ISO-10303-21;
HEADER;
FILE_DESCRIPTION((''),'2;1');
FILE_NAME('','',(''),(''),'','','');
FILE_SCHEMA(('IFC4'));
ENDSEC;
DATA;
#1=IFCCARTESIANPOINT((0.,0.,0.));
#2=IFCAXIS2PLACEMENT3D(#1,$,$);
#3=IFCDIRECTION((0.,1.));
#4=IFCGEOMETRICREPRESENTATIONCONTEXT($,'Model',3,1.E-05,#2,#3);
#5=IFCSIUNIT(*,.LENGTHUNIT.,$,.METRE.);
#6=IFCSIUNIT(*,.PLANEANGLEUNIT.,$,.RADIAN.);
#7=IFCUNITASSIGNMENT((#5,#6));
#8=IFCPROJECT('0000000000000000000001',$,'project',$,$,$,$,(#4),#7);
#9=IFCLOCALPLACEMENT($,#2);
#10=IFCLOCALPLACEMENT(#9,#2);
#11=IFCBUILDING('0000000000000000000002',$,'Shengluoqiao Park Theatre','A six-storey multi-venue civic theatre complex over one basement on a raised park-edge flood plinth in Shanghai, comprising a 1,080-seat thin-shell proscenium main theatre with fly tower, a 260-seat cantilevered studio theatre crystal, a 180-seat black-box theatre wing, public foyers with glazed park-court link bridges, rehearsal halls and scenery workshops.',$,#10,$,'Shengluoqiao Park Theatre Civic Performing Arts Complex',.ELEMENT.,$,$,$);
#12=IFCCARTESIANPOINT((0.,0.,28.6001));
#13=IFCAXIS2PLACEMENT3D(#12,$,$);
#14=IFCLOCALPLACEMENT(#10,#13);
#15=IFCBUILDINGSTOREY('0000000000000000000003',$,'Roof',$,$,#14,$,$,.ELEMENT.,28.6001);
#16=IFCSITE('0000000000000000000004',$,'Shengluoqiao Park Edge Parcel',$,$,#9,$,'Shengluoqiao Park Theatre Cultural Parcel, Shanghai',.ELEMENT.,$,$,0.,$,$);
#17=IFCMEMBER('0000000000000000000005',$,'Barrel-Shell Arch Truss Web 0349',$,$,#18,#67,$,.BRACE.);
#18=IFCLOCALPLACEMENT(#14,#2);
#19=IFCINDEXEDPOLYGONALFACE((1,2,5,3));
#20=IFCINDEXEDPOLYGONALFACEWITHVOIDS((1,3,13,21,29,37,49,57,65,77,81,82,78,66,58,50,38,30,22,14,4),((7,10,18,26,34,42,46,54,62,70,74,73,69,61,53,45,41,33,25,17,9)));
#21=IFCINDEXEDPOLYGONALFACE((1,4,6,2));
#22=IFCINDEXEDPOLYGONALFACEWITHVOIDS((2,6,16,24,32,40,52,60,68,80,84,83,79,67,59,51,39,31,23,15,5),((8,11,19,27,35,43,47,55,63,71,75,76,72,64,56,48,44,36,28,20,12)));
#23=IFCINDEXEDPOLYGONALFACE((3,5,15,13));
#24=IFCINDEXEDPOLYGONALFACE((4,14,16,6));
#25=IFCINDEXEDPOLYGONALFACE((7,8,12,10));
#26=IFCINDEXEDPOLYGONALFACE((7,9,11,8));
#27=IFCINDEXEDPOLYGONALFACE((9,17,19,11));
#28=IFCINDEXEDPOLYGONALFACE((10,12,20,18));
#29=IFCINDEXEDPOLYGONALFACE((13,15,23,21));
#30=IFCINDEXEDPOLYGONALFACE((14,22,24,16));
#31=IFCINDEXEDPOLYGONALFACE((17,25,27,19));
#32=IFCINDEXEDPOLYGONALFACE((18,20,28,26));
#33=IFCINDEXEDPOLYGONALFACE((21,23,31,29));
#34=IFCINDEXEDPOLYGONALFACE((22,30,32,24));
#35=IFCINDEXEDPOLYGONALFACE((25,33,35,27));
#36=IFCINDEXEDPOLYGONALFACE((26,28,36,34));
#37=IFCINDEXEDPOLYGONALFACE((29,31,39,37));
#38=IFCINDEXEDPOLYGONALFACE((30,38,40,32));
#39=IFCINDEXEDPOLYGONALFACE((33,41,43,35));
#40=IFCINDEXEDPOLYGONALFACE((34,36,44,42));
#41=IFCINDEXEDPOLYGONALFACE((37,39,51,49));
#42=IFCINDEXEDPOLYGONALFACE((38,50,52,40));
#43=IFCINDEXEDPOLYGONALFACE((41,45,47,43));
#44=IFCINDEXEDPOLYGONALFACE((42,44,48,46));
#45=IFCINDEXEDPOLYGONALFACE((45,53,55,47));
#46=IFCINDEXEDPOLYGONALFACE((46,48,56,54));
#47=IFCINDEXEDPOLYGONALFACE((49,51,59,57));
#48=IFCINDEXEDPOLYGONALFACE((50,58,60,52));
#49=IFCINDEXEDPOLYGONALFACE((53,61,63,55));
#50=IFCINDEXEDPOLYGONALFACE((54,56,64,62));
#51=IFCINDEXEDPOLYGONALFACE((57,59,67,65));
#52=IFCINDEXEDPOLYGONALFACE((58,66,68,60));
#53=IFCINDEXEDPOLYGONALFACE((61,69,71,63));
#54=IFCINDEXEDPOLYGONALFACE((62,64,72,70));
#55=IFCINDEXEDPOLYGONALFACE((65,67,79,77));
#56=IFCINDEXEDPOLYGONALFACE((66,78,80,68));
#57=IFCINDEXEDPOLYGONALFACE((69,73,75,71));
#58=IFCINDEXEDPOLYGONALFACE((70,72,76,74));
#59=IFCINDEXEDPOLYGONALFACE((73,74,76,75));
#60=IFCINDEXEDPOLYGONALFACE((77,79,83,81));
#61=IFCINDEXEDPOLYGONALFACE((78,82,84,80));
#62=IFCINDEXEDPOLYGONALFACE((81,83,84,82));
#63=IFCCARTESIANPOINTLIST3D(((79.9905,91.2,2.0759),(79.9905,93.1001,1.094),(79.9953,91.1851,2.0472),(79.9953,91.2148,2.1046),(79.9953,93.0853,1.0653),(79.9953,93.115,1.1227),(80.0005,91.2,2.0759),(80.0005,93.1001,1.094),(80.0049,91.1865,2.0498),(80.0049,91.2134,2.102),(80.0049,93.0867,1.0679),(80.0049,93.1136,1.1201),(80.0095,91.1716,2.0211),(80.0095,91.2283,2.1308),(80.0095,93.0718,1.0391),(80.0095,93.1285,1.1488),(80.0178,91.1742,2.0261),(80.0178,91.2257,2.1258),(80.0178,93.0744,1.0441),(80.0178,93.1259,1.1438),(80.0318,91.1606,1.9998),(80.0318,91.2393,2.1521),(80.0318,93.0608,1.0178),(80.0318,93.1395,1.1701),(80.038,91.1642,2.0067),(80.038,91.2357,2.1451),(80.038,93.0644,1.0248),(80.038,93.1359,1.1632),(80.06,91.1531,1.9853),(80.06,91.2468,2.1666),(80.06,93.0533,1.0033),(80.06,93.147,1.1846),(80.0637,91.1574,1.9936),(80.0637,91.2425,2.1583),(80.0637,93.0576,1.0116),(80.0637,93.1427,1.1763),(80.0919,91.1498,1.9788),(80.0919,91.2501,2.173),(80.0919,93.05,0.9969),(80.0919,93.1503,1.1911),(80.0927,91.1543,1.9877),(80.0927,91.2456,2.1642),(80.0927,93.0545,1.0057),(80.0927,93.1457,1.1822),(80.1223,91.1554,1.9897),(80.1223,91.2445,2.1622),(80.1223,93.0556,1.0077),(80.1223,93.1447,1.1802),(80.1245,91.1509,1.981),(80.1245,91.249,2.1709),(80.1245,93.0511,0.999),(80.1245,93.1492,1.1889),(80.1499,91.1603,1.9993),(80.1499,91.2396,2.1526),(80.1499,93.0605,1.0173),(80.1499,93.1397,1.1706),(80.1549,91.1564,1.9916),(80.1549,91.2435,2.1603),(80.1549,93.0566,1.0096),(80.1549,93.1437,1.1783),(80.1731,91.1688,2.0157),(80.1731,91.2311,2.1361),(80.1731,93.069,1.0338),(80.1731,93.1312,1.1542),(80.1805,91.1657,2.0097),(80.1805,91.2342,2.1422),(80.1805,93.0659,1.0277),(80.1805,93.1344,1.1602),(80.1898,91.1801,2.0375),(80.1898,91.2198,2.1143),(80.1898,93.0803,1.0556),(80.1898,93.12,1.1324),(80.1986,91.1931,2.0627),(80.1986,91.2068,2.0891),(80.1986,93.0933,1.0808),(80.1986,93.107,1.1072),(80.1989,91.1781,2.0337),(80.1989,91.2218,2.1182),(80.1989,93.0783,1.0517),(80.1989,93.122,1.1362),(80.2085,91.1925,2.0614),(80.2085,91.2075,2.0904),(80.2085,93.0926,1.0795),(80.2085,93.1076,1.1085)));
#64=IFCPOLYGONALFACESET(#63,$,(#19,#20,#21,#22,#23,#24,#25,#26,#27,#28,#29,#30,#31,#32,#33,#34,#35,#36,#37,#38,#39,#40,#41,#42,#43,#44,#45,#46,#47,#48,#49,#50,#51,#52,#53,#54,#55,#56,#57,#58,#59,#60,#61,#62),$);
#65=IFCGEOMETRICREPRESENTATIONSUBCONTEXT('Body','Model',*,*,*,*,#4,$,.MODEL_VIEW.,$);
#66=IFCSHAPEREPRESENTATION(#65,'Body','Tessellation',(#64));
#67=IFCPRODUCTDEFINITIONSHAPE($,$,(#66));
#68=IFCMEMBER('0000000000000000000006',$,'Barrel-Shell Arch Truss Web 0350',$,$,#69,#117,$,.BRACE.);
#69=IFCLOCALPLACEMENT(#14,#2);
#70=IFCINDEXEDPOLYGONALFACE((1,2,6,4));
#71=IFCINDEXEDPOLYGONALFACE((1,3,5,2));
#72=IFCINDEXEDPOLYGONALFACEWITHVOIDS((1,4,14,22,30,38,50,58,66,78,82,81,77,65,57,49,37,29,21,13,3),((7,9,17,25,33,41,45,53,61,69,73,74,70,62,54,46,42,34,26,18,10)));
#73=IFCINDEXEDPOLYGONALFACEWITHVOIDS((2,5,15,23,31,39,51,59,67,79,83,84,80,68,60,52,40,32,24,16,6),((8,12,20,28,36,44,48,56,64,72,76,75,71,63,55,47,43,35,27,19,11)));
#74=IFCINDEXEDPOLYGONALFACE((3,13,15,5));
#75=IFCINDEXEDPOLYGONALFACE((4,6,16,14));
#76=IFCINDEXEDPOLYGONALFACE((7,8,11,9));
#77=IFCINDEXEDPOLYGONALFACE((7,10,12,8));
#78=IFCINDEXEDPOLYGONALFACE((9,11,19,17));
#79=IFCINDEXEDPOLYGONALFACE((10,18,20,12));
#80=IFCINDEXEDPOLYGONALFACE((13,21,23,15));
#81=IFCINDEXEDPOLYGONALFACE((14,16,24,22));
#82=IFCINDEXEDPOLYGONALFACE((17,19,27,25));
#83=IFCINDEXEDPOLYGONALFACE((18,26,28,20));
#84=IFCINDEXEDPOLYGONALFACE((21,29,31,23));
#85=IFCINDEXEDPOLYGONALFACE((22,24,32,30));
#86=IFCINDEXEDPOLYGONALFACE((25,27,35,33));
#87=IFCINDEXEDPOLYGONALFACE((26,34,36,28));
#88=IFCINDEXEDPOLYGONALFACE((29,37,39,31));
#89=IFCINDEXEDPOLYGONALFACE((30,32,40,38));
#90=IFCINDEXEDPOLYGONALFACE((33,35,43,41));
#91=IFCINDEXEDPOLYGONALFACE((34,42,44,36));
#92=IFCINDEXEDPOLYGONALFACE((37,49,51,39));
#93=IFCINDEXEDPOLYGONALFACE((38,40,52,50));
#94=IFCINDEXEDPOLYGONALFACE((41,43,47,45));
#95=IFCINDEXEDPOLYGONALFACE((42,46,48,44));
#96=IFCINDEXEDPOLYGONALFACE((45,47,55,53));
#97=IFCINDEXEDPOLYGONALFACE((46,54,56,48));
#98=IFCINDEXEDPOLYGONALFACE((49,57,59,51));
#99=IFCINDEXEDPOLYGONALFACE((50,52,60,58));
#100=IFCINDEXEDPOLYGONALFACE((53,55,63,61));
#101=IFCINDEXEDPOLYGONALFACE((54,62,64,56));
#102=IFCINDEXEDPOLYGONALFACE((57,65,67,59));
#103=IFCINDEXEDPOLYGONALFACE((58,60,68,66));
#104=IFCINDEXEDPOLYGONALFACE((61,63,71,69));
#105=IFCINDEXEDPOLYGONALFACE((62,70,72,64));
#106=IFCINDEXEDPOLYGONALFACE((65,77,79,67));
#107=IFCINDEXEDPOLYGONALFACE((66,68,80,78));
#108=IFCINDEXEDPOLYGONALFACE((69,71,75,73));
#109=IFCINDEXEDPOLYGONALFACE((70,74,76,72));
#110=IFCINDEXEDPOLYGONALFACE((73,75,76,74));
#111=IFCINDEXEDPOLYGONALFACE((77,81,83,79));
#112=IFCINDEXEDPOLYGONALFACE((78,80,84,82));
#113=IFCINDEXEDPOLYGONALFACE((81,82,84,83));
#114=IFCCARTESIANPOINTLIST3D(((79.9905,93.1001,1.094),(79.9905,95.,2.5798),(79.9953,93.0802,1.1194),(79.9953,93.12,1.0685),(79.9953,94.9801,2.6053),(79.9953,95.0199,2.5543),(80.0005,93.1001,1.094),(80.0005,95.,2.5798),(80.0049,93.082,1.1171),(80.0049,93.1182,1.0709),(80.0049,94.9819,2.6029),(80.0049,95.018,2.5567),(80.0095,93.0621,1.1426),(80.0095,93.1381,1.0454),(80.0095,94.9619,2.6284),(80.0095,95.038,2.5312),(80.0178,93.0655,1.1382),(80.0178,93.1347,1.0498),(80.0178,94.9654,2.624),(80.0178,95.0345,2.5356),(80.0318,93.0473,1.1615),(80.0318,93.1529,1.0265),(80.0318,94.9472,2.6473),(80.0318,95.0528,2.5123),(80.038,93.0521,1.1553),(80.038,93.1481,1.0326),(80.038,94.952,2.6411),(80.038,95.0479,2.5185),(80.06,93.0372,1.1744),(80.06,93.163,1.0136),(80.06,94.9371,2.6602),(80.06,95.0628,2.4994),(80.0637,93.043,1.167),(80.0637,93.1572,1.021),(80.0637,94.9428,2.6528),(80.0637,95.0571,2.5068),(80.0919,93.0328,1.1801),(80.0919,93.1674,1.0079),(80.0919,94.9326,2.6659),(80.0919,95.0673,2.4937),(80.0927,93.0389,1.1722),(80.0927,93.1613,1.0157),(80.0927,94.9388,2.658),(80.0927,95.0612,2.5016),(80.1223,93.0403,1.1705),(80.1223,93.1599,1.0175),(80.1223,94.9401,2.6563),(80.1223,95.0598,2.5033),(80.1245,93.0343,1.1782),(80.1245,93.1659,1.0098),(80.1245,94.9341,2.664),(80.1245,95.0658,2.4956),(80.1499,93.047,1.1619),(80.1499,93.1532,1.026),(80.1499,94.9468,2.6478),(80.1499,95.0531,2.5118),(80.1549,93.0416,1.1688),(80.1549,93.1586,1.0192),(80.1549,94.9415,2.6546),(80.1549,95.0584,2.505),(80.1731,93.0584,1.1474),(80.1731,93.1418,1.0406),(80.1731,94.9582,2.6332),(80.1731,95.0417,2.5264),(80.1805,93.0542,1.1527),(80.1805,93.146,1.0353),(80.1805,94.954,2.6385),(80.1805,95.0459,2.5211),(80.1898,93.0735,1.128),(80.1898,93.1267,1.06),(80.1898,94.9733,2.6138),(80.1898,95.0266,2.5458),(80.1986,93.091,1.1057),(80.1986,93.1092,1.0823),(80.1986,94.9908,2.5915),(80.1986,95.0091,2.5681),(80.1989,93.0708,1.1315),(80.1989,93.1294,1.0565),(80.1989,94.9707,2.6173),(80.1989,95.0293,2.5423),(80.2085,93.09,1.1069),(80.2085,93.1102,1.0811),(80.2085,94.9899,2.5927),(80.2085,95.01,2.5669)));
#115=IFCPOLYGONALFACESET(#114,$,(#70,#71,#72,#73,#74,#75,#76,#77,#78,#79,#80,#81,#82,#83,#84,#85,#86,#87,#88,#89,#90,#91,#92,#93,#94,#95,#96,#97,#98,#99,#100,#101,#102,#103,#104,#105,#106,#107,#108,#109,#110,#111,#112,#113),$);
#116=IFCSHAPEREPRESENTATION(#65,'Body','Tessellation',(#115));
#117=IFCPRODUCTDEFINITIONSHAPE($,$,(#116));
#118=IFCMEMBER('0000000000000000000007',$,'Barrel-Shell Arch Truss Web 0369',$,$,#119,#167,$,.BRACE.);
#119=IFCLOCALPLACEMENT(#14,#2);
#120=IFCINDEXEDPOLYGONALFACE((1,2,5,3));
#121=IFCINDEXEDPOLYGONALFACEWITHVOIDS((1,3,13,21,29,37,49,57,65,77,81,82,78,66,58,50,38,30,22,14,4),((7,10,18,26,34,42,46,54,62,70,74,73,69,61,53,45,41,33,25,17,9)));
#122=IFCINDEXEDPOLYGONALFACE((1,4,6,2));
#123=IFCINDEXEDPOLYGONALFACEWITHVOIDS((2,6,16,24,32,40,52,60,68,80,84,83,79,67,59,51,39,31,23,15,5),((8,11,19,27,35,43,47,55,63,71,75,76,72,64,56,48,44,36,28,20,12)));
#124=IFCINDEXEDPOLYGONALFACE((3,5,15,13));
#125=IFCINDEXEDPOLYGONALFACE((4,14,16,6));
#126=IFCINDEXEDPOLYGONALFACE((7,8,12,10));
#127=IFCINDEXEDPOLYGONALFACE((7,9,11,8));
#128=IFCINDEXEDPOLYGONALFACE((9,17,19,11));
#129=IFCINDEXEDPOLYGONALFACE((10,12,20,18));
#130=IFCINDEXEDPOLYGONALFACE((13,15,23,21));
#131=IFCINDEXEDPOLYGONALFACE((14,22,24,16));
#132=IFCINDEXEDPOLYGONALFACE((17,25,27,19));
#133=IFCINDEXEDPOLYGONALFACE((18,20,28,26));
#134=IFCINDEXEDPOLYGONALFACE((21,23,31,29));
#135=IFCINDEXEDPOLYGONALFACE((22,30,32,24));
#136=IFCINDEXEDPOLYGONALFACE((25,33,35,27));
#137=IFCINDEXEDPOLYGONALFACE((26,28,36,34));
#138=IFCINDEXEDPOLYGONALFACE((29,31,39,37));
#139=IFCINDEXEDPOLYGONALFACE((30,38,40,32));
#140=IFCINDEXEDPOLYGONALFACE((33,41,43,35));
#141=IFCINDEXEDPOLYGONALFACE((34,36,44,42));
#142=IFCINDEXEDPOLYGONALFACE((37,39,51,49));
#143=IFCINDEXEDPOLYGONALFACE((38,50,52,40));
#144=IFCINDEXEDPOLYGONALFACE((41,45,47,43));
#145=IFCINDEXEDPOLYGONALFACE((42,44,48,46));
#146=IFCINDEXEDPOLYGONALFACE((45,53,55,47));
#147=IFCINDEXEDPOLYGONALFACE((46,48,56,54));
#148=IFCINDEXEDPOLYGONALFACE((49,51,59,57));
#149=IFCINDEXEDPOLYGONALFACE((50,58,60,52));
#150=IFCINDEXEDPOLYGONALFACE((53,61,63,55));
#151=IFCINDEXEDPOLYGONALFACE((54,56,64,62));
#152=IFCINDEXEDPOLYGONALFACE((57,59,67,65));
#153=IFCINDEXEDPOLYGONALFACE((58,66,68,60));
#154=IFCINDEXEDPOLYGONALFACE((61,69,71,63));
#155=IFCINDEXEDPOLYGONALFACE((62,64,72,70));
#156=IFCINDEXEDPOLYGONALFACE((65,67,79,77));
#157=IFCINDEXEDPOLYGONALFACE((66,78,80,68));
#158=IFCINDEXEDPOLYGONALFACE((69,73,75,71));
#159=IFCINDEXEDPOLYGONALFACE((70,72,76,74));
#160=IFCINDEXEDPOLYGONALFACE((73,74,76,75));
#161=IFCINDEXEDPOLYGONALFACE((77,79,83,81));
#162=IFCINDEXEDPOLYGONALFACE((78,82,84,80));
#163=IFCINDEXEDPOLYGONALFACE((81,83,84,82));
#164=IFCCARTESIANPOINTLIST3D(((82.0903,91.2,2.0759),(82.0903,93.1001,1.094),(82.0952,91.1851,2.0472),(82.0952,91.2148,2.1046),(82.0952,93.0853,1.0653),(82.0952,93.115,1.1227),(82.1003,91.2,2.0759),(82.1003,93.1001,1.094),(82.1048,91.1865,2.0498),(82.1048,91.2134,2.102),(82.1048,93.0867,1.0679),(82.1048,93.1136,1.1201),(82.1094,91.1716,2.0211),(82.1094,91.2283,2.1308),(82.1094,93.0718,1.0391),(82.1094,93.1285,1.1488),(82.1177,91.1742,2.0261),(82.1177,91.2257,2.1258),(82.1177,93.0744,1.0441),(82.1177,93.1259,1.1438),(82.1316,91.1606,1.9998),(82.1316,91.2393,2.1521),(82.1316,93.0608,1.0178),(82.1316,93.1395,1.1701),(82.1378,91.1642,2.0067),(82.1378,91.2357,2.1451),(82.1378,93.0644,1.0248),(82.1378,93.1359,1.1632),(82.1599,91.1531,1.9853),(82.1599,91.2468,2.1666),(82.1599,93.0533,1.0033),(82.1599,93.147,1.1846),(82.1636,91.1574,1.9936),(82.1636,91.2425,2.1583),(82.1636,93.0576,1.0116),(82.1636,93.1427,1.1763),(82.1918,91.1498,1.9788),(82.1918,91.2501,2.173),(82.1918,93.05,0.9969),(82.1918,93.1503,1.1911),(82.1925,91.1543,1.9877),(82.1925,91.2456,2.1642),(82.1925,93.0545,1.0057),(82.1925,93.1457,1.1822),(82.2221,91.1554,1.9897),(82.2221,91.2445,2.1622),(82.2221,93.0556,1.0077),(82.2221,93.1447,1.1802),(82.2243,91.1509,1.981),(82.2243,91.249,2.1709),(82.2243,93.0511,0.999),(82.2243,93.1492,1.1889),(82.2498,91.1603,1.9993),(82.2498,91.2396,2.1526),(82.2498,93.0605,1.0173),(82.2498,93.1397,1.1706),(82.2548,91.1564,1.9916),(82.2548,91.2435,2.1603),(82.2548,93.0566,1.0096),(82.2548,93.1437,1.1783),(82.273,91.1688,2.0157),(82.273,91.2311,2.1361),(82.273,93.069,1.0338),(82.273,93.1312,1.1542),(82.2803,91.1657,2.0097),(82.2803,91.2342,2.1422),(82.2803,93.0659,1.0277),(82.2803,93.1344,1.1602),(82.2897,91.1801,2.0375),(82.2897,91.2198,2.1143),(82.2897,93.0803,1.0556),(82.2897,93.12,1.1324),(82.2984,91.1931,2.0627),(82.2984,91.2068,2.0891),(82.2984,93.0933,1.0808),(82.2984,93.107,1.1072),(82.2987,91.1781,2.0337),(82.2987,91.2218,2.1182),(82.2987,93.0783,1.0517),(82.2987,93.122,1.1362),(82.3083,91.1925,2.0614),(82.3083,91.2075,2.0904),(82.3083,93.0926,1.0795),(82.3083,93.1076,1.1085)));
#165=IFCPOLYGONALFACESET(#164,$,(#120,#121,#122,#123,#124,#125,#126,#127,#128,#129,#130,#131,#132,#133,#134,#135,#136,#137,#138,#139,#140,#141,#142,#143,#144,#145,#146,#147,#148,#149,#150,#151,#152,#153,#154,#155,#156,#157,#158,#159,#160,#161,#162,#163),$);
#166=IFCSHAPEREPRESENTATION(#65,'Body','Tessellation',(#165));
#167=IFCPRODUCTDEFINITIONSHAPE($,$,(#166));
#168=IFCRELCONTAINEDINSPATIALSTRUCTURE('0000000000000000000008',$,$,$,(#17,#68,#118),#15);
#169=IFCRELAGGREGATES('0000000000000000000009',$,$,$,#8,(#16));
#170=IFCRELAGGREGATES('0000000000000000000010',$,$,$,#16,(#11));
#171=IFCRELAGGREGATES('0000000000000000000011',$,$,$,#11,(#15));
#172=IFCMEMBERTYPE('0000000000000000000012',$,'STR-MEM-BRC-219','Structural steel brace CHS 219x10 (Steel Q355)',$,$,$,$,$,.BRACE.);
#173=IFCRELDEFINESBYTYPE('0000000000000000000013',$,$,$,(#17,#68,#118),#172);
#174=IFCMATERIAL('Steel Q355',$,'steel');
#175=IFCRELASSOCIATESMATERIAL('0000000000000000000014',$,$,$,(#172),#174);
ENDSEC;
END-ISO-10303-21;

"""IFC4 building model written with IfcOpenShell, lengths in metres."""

from ifc_helpers import new_model, si_unit, direction, frame, origin, origin_2d, place, context, subcontext, project, spatial, hollow_circle, extrude, material, material_profile, profile_set, type_object, element, save


model = new_model("IFC4")

# Units and contexts
model_context = context("Model", 3, precision=1e-05, world=origin(), true_north=direction((0.0, 1.0)))
body_context = subcontext(model_context, "Body", "Model", "MODEL_VIEW")
ifc_project = project(units=[si_unit("LENGTHUNIT", "METRE"), si_unit("PLANEANGLEUNIT", "RADIAN")], contexts=[model_context])

# Site, building, storey
site_placement = place(None, origin())
site = spatial("IfcSite", under=ifc_project, at=site_placement, Name="Shengluoqiao Park Edge Parcel", LongName="Shengluoqiao Park Theatre Cultural Parcel, Shanghai", CompositionType="ELEMENT", RefElevation=0.0)
building_placement = place(site_placement, origin())
building = spatial("IfcBuilding", under=site, at=building_placement, Name="Shengluoqiao Park Theatre", Description="A six-storey multi-venue civic theatre complex over one basement on a raised park-edge flood plinth in Shanghai, comprising a 1,080-seat thin-shell proscenium main theatre with fly tower, a 260-seat cantilevered studio theatre crystal, a 180-seat black-box theatre wing, public foyers with glazed park-court link bridges, rehearsal halls and scenery workshops.", LongName="Shengluoqiao Park Theatre Civic Performing Arts Complex", CompositionType="ELEMENT")
storey_placement = place(building_placement, frame((0.0, 0.0, 28.6001)))
storey = spatial("IfcBuildingStorey", under=building, at=storey_placement, Name="Roof", CompositionType="ELEMENT", Elevation=28.6001)

# Shared definitions
ifc_material_1 = material(Name="Steel Q355", Category="steel")

# Members
ifc_material_profile_1 = material_profile(ifc_material_1, hollow_circle(Radius=0.1096, WallThickness=0.01, at=origin_2d()), Name="CHS 219x10")
ifc_profile_set_1 = profile_set([ifc_material_profile_1], Name="Steel Q355")
member_type_1 = type_object("IfcMemberType", Name="STR-MEM-BRC-219", Description="Structural steel brace CHS 219x10 (Steel Q355)", PredefinedType="BRACE", material=ifc_profile_set_1)
member_1_placement = place(storey_placement, frame((80.1001, 91.2, 2.0759), z_axis=(0.0, 0.888389, -0.459091), x_axis=(-1.0, 0.0, 0.0)))
element("IfcMember", 1, at=member_1_placement, inside=storey, type_object=member_type_1, Name="Barrel-Shell Arch Truss Web 0349", PredefinedType="BRACE", context=body_context, shape_type="SweptSolid", body=[
    extrude(hollow_circle(Radius=0.1096, WallThickness=0.01, at=origin_2d()), origin(), (0.0, 0.0, 1.0), 2.1389),
])
member_2_placement = place(storey_placement, frame((80.1001, 93.1001, 1.094), z_axis=(0.0, 0.787714, 0.616041), x_axis=(-1.0, 0.0, 0.0)))
element("IfcMember", 2, at=member_2_placement, inside=storey, type_object=member_type_1, Name="Barrel-Shell Arch Truss Web 0350", PredefinedType="BRACE", context=body_context, shape_type="SweptSolid", body=[
    extrude(hollow_circle(Radius=0.1096, WallThickness=0.01, at=origin_2d()), origin(), (0.0, 0.0, 1.0), 2.4119),
])
member_3_placement = place(storey_placement, frame((82.2, 91.2, 2.0759), z_axis=(0.0, 0.888389, -0.459091), x_axis=(-1.0, 0.0, 0.0)))
element("IfcMember", 3, at=member_3_placement, inside=storey, type_object=member_type_1, Name="Barrel-Shell Arch Truss Web 0369", PredefinedType="BRACE", context=body_context, shape_type="SweptSolid", body=[
    extrude(hollow_circle(Radius=0.1096, WallThickness=0.01, at=origin_2d()), origin(), (0.0, 0.0, 1.0), 2.1389),
])

save(model, "model.ifc")
